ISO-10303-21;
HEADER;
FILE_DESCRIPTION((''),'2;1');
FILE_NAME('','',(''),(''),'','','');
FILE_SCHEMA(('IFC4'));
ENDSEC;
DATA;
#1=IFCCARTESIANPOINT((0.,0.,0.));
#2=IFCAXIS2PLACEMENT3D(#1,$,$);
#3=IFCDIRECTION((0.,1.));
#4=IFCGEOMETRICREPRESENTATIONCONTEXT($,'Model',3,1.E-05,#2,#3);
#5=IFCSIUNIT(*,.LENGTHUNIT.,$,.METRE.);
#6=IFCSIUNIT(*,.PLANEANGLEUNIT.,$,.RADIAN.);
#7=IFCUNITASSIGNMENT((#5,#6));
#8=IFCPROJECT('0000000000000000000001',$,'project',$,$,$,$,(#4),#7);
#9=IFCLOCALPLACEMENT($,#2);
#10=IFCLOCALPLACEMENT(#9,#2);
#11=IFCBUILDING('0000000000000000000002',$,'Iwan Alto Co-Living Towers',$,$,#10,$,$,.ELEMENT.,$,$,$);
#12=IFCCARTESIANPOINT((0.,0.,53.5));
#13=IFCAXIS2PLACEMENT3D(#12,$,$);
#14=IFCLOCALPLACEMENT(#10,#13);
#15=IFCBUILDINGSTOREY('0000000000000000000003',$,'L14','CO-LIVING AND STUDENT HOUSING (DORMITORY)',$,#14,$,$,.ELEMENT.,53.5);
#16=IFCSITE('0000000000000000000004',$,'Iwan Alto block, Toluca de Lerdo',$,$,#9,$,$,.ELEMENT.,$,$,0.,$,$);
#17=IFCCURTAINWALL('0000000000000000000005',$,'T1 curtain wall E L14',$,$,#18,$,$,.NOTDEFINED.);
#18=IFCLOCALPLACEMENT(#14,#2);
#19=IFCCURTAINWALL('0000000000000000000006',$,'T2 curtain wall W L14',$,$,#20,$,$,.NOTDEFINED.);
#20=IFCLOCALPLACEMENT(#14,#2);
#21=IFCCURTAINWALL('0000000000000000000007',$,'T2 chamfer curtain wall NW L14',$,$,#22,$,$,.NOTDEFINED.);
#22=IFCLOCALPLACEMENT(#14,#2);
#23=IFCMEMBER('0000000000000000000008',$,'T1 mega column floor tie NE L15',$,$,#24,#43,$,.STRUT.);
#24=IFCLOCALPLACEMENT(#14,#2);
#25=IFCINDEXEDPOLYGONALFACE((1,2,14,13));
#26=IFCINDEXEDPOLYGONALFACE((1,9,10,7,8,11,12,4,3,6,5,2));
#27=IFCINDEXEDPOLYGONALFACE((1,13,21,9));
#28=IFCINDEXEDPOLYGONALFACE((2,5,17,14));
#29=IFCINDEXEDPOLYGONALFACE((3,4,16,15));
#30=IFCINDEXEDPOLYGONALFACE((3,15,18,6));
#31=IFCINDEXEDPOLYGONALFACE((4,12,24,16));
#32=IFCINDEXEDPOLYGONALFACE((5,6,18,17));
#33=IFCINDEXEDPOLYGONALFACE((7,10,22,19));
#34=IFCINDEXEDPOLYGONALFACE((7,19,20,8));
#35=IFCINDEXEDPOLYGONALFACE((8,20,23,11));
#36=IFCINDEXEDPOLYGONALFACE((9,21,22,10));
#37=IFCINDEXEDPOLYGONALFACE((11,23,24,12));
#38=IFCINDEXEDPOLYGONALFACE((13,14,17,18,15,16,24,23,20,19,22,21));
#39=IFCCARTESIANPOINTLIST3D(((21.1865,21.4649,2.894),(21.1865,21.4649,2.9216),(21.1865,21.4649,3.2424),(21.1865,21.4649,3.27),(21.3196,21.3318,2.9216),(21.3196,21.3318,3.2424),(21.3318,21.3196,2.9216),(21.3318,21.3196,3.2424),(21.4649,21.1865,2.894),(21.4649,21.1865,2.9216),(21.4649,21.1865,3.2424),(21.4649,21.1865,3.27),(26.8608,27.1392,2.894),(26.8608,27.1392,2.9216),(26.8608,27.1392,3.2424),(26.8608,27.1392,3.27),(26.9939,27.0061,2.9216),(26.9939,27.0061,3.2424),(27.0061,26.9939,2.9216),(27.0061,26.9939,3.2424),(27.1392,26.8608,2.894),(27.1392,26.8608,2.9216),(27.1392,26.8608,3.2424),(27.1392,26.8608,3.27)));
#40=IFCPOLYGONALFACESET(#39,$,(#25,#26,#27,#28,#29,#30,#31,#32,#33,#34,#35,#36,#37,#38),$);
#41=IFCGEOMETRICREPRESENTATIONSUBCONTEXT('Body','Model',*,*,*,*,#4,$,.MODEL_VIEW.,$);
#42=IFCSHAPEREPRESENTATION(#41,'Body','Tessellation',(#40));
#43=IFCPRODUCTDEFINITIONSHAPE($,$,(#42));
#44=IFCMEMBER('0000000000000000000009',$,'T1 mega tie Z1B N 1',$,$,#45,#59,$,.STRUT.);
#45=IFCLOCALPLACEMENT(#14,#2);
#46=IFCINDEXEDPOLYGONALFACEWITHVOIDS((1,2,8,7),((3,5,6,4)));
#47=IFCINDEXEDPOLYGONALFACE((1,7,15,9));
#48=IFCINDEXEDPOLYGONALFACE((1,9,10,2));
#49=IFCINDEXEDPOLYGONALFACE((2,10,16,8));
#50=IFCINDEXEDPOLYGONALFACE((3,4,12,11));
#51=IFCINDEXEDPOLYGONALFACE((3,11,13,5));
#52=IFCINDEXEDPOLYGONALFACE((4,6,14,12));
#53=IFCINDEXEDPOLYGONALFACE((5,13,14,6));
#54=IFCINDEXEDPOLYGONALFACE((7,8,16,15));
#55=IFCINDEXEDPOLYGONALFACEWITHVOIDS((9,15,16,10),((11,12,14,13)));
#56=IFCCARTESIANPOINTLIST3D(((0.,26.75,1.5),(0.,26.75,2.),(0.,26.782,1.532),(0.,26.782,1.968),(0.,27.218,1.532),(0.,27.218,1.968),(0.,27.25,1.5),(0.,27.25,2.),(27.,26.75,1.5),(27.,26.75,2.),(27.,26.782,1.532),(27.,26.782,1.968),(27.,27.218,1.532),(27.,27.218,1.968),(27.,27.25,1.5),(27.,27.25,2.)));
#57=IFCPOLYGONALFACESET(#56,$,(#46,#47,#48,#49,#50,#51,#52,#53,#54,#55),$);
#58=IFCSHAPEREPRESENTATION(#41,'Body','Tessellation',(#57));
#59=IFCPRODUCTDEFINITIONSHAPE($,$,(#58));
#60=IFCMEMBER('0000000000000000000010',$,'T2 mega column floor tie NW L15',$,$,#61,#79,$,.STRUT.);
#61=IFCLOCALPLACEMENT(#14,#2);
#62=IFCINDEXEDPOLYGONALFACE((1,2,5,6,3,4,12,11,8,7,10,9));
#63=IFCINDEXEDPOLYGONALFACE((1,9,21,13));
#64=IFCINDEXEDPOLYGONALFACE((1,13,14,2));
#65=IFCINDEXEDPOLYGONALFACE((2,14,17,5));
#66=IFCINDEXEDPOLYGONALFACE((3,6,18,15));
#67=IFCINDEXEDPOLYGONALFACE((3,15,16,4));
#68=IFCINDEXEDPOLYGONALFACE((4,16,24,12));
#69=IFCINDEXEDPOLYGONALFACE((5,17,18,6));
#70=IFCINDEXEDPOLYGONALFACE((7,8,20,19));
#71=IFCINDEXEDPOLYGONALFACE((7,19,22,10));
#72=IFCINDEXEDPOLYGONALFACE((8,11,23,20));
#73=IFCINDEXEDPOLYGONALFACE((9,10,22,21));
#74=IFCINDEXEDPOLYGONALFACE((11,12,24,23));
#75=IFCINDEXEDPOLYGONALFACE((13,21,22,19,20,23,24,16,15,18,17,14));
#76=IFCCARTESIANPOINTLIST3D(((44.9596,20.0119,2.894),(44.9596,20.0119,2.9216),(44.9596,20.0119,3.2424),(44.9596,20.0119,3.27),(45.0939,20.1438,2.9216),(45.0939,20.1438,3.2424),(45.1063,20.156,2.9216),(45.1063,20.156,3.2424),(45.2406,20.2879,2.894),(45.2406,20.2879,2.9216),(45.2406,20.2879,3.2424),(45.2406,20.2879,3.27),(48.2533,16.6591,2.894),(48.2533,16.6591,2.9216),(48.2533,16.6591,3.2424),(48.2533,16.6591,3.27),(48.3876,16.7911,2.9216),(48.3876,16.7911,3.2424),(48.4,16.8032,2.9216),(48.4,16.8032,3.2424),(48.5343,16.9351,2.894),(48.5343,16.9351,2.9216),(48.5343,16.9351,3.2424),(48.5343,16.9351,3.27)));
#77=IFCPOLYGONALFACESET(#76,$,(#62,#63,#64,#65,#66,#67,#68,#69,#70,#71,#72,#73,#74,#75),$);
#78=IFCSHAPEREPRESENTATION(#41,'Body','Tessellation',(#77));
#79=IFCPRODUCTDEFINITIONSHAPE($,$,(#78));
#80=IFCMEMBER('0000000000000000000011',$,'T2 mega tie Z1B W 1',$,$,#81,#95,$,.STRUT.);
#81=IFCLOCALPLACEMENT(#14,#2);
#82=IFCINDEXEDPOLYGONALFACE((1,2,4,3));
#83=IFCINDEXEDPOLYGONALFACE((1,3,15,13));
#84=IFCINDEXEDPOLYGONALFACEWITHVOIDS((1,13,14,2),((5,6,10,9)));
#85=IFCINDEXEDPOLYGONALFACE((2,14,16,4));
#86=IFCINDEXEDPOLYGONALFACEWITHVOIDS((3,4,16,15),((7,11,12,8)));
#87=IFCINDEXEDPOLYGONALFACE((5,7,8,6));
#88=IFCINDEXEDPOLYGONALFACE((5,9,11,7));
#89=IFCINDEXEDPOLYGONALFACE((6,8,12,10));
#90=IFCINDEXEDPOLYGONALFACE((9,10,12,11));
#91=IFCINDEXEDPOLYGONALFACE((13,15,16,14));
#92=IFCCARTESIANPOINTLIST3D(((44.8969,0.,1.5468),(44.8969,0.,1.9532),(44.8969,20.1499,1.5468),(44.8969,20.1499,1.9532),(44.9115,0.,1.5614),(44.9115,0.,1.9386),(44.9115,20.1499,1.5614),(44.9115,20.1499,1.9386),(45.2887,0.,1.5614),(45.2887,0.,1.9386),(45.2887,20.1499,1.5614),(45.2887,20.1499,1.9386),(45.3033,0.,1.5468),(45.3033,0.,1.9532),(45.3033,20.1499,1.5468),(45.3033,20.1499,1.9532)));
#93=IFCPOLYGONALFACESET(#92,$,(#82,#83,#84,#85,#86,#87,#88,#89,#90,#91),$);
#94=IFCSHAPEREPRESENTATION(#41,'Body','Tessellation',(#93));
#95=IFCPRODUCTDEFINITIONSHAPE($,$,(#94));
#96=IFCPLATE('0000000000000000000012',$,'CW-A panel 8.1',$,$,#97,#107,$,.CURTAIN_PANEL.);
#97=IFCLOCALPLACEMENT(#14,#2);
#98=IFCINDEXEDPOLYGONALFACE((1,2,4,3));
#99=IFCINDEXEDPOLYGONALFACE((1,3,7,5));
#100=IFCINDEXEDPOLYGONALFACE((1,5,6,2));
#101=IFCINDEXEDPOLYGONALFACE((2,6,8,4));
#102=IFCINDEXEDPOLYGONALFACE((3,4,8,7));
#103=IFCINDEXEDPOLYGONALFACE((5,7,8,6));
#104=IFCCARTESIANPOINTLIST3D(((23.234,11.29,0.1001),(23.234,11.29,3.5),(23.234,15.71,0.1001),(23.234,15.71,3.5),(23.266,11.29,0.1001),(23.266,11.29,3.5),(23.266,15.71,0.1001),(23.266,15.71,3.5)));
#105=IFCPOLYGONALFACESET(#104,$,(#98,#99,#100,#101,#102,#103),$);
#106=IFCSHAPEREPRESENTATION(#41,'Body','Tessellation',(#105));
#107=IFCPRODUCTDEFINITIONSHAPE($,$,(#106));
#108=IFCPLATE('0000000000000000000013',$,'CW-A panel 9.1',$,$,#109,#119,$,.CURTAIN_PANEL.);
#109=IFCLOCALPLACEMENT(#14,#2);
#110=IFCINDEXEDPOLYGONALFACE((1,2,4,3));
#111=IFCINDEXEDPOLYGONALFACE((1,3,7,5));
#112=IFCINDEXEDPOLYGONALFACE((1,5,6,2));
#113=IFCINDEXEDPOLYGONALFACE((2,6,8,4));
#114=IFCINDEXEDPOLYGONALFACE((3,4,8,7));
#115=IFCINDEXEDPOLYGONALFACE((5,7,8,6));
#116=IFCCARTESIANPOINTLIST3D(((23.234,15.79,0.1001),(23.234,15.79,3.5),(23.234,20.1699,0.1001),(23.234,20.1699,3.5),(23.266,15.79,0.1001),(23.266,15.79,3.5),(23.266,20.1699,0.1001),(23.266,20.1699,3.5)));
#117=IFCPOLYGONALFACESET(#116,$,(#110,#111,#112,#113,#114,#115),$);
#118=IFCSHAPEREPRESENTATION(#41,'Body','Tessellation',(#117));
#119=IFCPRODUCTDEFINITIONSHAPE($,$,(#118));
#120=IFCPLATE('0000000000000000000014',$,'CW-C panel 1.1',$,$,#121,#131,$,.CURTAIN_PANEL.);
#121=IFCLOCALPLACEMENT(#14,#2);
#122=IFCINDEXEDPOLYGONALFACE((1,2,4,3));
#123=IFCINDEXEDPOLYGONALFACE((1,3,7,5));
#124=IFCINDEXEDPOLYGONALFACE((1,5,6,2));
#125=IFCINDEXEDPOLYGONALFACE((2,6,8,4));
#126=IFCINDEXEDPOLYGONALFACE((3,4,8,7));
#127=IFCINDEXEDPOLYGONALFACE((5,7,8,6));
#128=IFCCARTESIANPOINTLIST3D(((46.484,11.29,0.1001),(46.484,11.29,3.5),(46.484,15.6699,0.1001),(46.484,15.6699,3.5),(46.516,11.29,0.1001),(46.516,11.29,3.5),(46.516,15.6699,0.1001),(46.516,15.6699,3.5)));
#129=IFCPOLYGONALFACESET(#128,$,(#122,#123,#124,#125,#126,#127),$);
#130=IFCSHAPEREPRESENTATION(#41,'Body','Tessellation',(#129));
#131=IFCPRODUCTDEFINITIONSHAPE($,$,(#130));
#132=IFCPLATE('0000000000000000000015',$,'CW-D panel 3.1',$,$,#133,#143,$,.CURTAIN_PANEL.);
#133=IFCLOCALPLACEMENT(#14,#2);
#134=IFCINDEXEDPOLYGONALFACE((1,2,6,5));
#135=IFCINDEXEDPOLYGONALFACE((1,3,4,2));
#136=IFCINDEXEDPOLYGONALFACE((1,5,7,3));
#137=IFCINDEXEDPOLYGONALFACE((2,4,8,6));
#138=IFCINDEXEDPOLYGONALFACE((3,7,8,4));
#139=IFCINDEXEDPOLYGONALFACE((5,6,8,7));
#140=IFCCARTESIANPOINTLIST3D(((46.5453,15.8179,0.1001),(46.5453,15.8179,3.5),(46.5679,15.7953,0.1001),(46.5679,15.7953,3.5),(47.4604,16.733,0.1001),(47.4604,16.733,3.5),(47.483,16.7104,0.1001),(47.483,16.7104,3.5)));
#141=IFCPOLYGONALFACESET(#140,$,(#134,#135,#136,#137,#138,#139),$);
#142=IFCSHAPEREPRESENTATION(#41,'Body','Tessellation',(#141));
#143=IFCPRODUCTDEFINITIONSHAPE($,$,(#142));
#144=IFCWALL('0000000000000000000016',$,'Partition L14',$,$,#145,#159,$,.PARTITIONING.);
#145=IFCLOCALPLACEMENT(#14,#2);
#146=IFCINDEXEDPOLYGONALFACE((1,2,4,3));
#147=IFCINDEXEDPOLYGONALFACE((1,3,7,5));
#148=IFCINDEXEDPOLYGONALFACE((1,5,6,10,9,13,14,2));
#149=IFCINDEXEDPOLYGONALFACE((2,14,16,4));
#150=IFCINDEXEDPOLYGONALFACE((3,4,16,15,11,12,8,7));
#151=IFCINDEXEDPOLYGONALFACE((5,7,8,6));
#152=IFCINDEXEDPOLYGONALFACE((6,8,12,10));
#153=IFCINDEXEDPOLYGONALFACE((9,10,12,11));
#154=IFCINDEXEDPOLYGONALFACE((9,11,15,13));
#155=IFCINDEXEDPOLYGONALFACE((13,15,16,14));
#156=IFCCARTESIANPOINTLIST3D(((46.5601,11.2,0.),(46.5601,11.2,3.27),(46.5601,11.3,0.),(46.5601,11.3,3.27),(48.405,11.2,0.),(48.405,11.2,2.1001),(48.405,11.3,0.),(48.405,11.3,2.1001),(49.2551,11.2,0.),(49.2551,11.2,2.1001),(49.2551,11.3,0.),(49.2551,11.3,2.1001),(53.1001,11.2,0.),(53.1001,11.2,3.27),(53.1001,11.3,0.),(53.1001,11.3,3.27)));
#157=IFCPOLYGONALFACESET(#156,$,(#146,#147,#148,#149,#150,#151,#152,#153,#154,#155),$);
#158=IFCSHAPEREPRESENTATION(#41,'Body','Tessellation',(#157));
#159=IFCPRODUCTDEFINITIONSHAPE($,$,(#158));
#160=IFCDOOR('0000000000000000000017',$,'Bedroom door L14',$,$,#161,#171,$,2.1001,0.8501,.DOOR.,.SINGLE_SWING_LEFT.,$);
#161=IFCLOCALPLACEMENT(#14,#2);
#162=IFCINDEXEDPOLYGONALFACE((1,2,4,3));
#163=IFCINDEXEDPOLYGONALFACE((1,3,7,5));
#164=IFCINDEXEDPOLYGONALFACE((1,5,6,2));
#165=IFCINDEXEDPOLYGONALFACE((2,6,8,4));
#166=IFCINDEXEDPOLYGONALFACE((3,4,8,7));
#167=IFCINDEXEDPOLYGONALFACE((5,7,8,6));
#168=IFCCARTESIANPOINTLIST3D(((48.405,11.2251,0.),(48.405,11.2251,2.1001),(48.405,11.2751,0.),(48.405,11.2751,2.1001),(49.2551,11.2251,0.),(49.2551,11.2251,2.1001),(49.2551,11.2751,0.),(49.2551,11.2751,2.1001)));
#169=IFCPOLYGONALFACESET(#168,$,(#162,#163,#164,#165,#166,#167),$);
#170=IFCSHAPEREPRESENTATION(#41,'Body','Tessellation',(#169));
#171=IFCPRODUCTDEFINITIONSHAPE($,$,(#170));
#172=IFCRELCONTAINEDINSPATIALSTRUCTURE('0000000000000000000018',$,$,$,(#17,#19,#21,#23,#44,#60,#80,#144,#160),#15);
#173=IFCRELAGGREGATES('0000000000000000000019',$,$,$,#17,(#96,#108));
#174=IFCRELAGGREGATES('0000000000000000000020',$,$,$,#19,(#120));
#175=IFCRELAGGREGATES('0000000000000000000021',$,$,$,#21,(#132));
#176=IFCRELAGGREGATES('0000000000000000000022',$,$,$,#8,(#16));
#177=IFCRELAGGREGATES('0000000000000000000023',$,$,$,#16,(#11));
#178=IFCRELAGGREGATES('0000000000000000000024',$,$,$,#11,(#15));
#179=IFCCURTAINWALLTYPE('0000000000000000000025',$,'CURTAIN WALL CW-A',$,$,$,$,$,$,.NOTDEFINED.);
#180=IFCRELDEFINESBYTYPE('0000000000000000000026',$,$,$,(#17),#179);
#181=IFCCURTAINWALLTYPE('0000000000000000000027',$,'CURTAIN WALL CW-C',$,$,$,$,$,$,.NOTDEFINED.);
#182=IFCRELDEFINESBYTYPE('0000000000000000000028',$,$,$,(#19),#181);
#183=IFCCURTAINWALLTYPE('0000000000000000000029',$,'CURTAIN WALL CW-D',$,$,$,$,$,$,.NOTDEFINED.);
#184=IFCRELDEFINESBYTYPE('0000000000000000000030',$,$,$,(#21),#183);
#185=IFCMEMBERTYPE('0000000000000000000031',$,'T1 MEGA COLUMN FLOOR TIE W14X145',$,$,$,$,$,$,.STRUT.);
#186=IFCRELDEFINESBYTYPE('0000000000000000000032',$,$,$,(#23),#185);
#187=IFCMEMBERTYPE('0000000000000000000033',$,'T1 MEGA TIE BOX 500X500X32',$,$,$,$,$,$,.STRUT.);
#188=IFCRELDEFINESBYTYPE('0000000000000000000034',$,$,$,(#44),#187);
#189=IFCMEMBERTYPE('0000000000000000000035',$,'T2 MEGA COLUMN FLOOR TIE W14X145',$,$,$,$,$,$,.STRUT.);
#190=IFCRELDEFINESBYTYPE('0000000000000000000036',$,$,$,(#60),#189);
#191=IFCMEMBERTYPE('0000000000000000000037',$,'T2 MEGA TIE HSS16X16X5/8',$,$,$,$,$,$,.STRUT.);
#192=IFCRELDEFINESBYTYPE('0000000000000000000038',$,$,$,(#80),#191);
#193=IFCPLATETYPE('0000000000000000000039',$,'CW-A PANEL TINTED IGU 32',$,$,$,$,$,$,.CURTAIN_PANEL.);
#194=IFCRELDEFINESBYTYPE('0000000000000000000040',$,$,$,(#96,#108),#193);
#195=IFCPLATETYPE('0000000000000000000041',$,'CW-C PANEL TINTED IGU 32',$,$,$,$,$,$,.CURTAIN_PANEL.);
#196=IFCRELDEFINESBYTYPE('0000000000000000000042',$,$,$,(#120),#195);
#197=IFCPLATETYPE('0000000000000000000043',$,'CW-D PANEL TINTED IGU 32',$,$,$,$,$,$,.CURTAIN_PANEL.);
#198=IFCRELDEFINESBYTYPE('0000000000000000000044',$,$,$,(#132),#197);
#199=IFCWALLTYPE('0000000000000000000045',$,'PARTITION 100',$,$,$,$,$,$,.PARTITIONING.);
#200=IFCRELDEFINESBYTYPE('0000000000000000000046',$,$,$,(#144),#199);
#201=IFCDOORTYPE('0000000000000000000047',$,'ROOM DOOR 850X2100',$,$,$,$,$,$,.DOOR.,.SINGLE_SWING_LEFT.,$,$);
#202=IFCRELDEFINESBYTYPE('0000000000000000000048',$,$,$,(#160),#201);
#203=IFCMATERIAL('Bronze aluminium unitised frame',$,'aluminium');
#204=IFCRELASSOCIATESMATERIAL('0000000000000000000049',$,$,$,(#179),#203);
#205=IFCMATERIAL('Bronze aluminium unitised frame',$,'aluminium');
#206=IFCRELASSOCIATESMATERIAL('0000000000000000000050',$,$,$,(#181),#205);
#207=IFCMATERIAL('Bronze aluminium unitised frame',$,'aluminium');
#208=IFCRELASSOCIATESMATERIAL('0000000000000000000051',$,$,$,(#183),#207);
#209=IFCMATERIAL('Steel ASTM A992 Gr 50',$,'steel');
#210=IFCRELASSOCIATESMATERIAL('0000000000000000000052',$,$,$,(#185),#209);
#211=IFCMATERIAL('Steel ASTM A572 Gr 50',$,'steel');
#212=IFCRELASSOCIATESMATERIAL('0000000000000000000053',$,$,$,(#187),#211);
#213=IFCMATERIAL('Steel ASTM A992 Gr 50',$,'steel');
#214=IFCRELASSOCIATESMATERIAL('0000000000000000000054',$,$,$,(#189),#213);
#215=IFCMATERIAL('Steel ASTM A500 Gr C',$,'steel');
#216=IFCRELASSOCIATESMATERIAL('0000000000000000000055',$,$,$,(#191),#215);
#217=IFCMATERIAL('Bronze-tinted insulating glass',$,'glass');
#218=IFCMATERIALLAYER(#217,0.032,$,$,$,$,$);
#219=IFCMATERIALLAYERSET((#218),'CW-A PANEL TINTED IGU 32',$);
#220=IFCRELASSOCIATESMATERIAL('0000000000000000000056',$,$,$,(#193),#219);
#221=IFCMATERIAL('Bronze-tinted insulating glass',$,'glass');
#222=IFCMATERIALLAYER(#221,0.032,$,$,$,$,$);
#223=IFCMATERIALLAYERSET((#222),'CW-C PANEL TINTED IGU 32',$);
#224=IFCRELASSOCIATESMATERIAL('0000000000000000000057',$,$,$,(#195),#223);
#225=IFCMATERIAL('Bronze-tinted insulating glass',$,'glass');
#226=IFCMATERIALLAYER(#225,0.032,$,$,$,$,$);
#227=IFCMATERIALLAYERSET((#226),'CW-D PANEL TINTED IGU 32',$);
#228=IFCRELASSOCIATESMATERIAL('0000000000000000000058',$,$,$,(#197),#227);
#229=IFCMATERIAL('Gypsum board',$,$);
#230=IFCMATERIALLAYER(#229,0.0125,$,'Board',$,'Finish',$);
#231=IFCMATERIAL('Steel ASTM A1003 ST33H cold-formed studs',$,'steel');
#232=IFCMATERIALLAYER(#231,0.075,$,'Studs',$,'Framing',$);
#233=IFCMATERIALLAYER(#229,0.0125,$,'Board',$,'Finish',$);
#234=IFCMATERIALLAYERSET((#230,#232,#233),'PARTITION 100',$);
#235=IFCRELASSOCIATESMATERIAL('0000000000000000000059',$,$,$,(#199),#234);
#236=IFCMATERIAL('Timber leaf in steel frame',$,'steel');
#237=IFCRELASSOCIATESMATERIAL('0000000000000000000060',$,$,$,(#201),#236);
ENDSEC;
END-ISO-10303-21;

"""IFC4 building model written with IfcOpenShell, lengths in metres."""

from ifc_helpers import new_model, si_unit, direction, frame, frame_2d, origin, origin_2d, place, context, subcontext, project, spatial, rectangle, hollow_rectangle, i_section, extrude, material, layer, layer_set, material_profile, profile_set, type_object, element, fill, aggregate, save


model = new_model("IFC4")

# Units and contexts
model_context = context("Model", 3, precision=1e-05, world=origin(), true_north=direction((0.0, 1.0)))
body_context = subcontext(model_context, "Body", "Model", "MODEL_VIEW")
ifc_project = project(units=[si_unit("LENGTHUNIT", "METRE"), si_unit("PLANEANGLEUNIT", "RADIAN")], contexts=[model_context])

# Site, building, storey
site_placement = place(None, origin())
site = spatial("IfcSite", under=ifc_project, at=site_placement, Name="Iwan Alto block, Toluca de Lerdo", CompositionType="ELEMENT", RefElevation=0.0)
building_placement = place(site_placement, origin())
building = spatial("IfcBuilding", under=site, at=building_placement, Name="Iwan Alto Co-Living Towers", CompositionType="ELEMENT")
storey_placement = place(building_placement, frame((0.0, 0.0, 53.5)))
storey = spatial("IfcBuildingStorey", under=building, at=storey_placement, Name="L14", Description="CO-LIVING AND STUDENT HOUSING (DORMITORY)", CompositionType="ELEMENT", Elevation=53.5)

# Curtain walls
ifc_material_1 = material(Name="Bronze aluminium unitised frame", Category="aluminium")
curtain_wall_type_1 = type_object("IfcCurtainWallType", Name="CURTAIN WALL CW-A", PredefinedType="NOTDEFINED", material=ifc_material_1)
curtain_wall_1_placement = place(storey_placement, origin())
curtain_wall_1 = element("IfcCurtainWall", 1, at=curtain_wall_1_placement, inside=storey, type_object=curtain_wall_type_1, Name="T1 curtain wall E L14", PredefinedType="NOTDEFINED")
ifc_material_2 = material(Name="Bronze aluminium unitised frame", Category="aluminium")
curtain_wall_type_2 = type_object("IfcCurtainWallType", Name="CURTAIN WALL CW-C", PredefinedType="NOTDEFINED", material=ifc_material_2)
curtain_wall_2_placement = place(storey_placement, origin())
curtain_wall_2 = element("IfcCurtainWall", 2, at=curtain_wall_2_placement, inside=storey, type_object=curtain_wall_type_2, Name="T2 curtain wall W L14", PredefinedType="NOTDEFINED")

# Curtain wall
ifc_material_3 = material(Name="Bronze aluminium unitised frame", Category="aluminium")
curtain_wall_type_3 = type_object("IfcCurtainWallType", Name="CURTAIN WALL CW-D", PredefinedType="NOTDEFINED", material=ifc_material_3)
curtain_wall_3_placement = place(storey_placement, origin())
curtain_wall_3 = element("IfcCurtainWall", 3, at=curtain_wall_3_placement, inside=storey, type_object=curtain_wall_type_3, Name="T2 chamfer curtain wall NW L14", PredefinedType="NOTDEFINED")

# Members
ifc_material_4 = material(Name="Steel ASTM A992 Gr 50", Category="steel")
ifc_material_profile_1 = material_profile(ifc_material_4, i_section(OverallWidth=0.3938, OverallDepth=0.376, WebThickness=0.0173, FlangeThickness=0.0276, at=origin_2d()), Name="W14X145")
ifc_profile_set_1 = profile_set([ifc_material_profile_1], Name="Steel ASTM A992 Gr 50")
member_type_1 = type_object("IfcMemberType", Name="T1 MEGA COLUMN FLOOR TIE W14X145", PredefinedType="STRUT", material=ifc_profile_set_1)
member_1_placement = place(storey_placement, frame((27.0, 27.0, 3.082), z_axis=(-0.707107, -0.707107, 0.0), x_axis=(0.707107, -0.707107, 0.0)))
element("IfcMember", 4, at=member_1_placement, inside=storey, type_object=member_type_1, Name="T1 mega column floor tie NE L15", PredefinedType="STRUT", context=body_context, shape_type="SweptSolid", body=[
    extrude(i_section(OverallWidth=0.3938, OverallDepth=0.376, WebThickness=0.0173, FlangeThickness=0.0276, at=origin_2d()), origin(), (0.0, 0.0, 1.0), 8.0247),
])
ifc_material_5 = material(Name="Steel ASTM A572 Gr 50", Category="steel")
ifc_material_profile_2 = material_profile(ifc_material_5, hollow_rectangle(XDim=0.5, YDim=0.5, WallThickness=0.032, at=origin_2d()), Name="BOX 500X500X32")
ifc_profile_set_2 = profile_set([ifc_material_profile_2], Name="Steel ASTM A572 Gr 50")
member_type_2 = type_object("IfcMemberType", Name="T1 MEGA TIE BOX 500X500X32", PredefinedType="STRUT", material=ifc_profile_set_2)
member_2_placement = place(storey_placement, frame((27.0, 27.0, 1.75), z_axis=(-1.0, 0.0, 0.0), x_axis=(0.0, -1.0, 0.0)))
element("IfcMember", 5, at=member_2_placement, inside=storey, type_object=member_type_2, Name="T1 mega tie Z1B N 1", PredefinedType="STRUT", context=body_context, shape_type="SweptSolid", body=[
    extrude(hollow_rectangle(XDim=0.5, YDim=0.5, WallThickness=0.032, at=origin_2d()), origin(), (0.0, 0.0, 1.0), 27.0),
])
ifc_material_6 = material(Name="Steel ASTM A992 Gr 50", Category="steel")
ifc_material_profile_3 = material_profile(ifc_material_6, i_section(OverallWidth=0.3938, OverallDepth=0.376, WebThickness=0.0173, FlangeThickness=0.0276, at=origin_2d()), Name="W14X145")
ifc_profile_set_3 = profile_set([ifc_material_profile_3], Name="Steel ASTM A992 Gr 50")
member_type_3 = type_object("IfcMemberType", Name="T2 MEGA COLUMN FLOOR TIE W14X145", PredefinedType="STRUT", material=ifc_profile_set_3)
member_3_placement = place(storey_placement, frame((45.1001, 20.1499, 3.082), z_axis=(0.700793, -0.713364, 0.0), x_axis=(0.713364, 0.700793, 0.0)))
element("IfcMember", 6, at=member_3_placement, inside=storey, type_object=member_type_3, Name="T2 mega column floor tie NW L15", PredefinedType="STRUT", context=body_context, shape_type="SweptSolid", body=[
    extrude(i_section(OverallWidth=0.3938, OverallDepth=0.376, WebThickness=0.0173, FlangeThickness=0.0276, at=origin_2d()), origin(), (0.0, 0.0, 1.0), 4.7),
])
ifc_material_7 = material(Name="Steel ASTM A500 Gr C", Category="steel")
ifc_material_profile_4 = material_profile(ifc_material_7, hollow_rectangle(XDim=0.4065, YDim=0.4065, WallThickness=0.0146, at=origin_2d()), Name="HSS16X16X5/8")
ifc_profile_set_4 = profile_set([ifc_material_profile_4], Name="Steel ASTM A500 Gr C")
member_type_4 = type_object("IfcMemberType", Name="T2 MEGA TIE HSS16X16X5/8", PredefinedType="STRUT", material=ifc_profile_set_4)
member_4_placement = place(storey_placement, frame((45.1001, 20.1499, 1.75), z_axis=(0.0, -1.0, 0.0), x_axis=(1.0, 0.0, 0.0)))
element("IfcMember", 7, at=member_4_placement, inside=storey, type_object=member_type_4, Name="T2 mega tie Z1B W 1", PredefinedType="STRUT", context=body_context, shape_type="SweptSolid", body=[
    extrude(hollow_rectangle(XDim=0.4065, YDim=0.4065, WallThickness=0.0146, at=origin_2d()), origin(), (0.0, 0.0, 1.0), 20.1499),
])

# Plates
ifc_material_8 = material(Name="Bronze-tinted insulating glass", Category="glass")
ifc_layer_1 = layer(ifc_material_8, 0.032)
ifc_layer_set_1 = layer_set([ifc_layer_1], Name="CW-A PANEL TINTED IGU 32")
plate_type_1 = type_object("IfcPlateType", Name="CW-A PANEL TINTED IGU 32", PredefinedType="CURTAIN_PANEL", material=ifc_layer_set_1)
plate_1_placement = place(storey_placement, frame((23.25, 13.5, 0.1001), z_axis=(0.0, 0.0, 1.0), x_axis=(0.0, 1.0, 0.0)))
plate_1 = element("IfcPlate", 8, at=plate_1_placement, type_object=plate_type_1, Name="CW-A panel 8.1", PredefinedType="CURTAIN_PANEL", context=body_context, shape_type="SweptSolid", body=[
    extrude(rectangle(XDim=4.4199, YDim=0.032, at=origin_2d()), origin(), (0.0, 0.0, 1.0), 3.3999),
])
plate_2_placement = place(storey_placement, frame((23.25, 17.98, 0.1001), z_axis=(0.0, 0.0, 1.0), x_axis=(0.0, 1.0, 0.0)))
plate_2 = element("IfcPlate", 9, at=plate_2_placement, type_object=plate_type_1, Name="CW-A panel 9.1", PredefinedType="CURTAIN_PANEL", context=body_context, shape_type="SweptSolid", body=[
    extrude(rectangle(XDim=4.3799, YDim=0.032, at=origin_2d()), origin(), (0.0, 0.0, 1.0), 3.3999),
])
aggregate(curtain_wall_1, [plate_1, plate_2])
ifc_material_9 = material(Name="Bronze-tinted insulating glass", Category="glass")
ifc_layer_2 = layer(ifc_material_9, 0.032)
ifc_layer_set_2 = layer_set([ifc_layer_2], Name="CW-C PANEL TINTED IGU 32")
plate_type_2 = type_object("IfcPlateType", Name="CW-C PANEL TINTED IGU 32", PredefinedType="CURTAIN_PANEL", material=ifc_layer_set_2)
plate_3_placement = place(storey_placement, frame((46.5, 13.48, 0.1001), z_axis=(0.0, 0.0, 1.0), x_axis=(0.0, -1.0, 0.0)))
plate_3 = element("IfcPlate", 10, at=plate_3_placement, type_object=plate_type_2, Name="CW-C panel 1.1", PredefinedType="CURTAIN_PANEL", context=body_context, shape_type="SweptSolid", body=[
    extrude(rectangle(XDim=4.3799, YDim=0.032, at=origin_2d()), origin(), (0.0, 0.0, 1.0), 3.3999),
])
aggregate(curtain_wall_2, [plate_3])
ifc_material_10 = material(Name="Bronze-tinted insulating glass", Category="glass")
ifc_layer_3 = layer(ifc_material_10, 0.032)
ifc_layer_set_3 = layer_set([ifc_layer_3], Name="CW-D PANEL TINTED IGU 32")
plate_type_3 = type_object("IfcPlateType", Name="CW-D PANEL TINTED IGU 32", PredefinedType="CURTAIN_PANEL", material=ifc_layer_set_3)
plate_4_placement = place(storey_placement, frame((47.0142, 16.2642, 0.1001), z_axis=(0.0, 0.0, 1.0), x_axis=(-0.707107, -0.707107, 0.0)))
plate_4 = element("IfcPlate", 11, at=plate_4_placement, type_object=plate_type_3, Name="CW-D panel 3.1", PredefinedType="CURTAIN_PANEL", context=body_context, shape_type="SweptSolid", body=[
    extrude(rectangle(XDim=1.2942, YDim=0.032, at=origin_2d()), origin(), (0.0, 0.0, 1.0), 3.3999),
])
aggregate(curtain_wall_3, [plate_4])

# Wall, opening, door
ifc_material_11 = material(Name="Gypsum board")
ifc_layer_4 = layer(ifc_material_11, 0.0125, Name="Board", Category="Finish")
ifc_material_12 = material(Name="Steel ASTM A1003 ST33H cold-formed studs", Category="steel")
ifc_layer_5 = layer(ifc_material_12, 0.075, Name="Studs", Category="Framing")
ifc_layer_6 = layer(ifc_material_11, 0.0125, Name="Board", Category="Finish")
ifc_layer_set_4 = layer_set([ifc_layer_4, ifc_layer_5, ifc_layer_6], Name="PARTITION 100")
wall_type = type_object("IfcWallType", Name="PARTITION 100", PredefinedType="PARTITIONING", material=ifc_layer_set_4)
wall_placement = place(storey_placement, frame((46.5601, 11.25, 0.0), z_axis=(0.0, 0.0, 1.0), x_axis=(1.0, 0.0, 0.0)))
wall = element("IfcWall", 12, at=wall_placement, inside=storey, type_object=wall_type, Name="Partition L14", PredefinedType="PARTITIONING", context=body_context, shape_type="SweptSolid", body=[
    extrude(rectangle(XDim=6.54, YDim=0.1001, at=frame_2d((3.27, 0.0))), origin(), (0.0, 0.0, 1.0), 3.27),
])
opening_placement = place(wall_placement, frame((1.845, 0.0, 0.0)))
opening = element("IfcOpeningElement", 13, at=opening_placement, cuts=wall, PredefinedType="OPENING", context=body_context, shape_type="SweptSolid", body=[
    extrude(rectangle(XDim=0.8501, YDim=2.1001, at=frame_2d((0.425, 1.05))), frame((0.0, 0.0601, 0.0), z_axis=(0.0, -1.0, 0.0), x_axis=(1.0, 0.0, 0.0)), (0.0, 0.0, 1.0), 0.1201),
])
ifc_material_13 = material(Name="Timber leaf in steel frame", Category="steel")
door_type = type_object("IfcDoorType", Name="ROOM DOOR 850X2100", OperationType="SINGLE_SWING_LEFT", PredefinedType="DOOR", material=ifc_material_13)
door_placement = place(opening_placement, frame((0.8501, 0.0, 0.0), z_axis=(0.0, 0.0, 1.0), x_axis=(-1.0, 0.0, 0.0)))
door = element("IfcDoor", 14, at=door_placement, inside=storey, type_object=door_type, Name="Bedroom door L14", OperationType="SINGLE_SWING_LEFT", OverallHeight=2.1001, OverallWidth=0.8501, PredefinedType="DOOR", context=body_context, shape_type="SweptSolid", body=[
    extrude(rectangle(XDim=0.8501, YDim=2.1001, at=frame_2d((0.425, 1.05))), frame((0.0, 0.0249, 0.0), z_axis=(0.0, -1.0, 0.0), x_axis=(1.0, 0.0, 0.0)), (0.0, 0.0, 1.0), 0.05),
])
fill(opening, door)

save(model, "model.ifc")
